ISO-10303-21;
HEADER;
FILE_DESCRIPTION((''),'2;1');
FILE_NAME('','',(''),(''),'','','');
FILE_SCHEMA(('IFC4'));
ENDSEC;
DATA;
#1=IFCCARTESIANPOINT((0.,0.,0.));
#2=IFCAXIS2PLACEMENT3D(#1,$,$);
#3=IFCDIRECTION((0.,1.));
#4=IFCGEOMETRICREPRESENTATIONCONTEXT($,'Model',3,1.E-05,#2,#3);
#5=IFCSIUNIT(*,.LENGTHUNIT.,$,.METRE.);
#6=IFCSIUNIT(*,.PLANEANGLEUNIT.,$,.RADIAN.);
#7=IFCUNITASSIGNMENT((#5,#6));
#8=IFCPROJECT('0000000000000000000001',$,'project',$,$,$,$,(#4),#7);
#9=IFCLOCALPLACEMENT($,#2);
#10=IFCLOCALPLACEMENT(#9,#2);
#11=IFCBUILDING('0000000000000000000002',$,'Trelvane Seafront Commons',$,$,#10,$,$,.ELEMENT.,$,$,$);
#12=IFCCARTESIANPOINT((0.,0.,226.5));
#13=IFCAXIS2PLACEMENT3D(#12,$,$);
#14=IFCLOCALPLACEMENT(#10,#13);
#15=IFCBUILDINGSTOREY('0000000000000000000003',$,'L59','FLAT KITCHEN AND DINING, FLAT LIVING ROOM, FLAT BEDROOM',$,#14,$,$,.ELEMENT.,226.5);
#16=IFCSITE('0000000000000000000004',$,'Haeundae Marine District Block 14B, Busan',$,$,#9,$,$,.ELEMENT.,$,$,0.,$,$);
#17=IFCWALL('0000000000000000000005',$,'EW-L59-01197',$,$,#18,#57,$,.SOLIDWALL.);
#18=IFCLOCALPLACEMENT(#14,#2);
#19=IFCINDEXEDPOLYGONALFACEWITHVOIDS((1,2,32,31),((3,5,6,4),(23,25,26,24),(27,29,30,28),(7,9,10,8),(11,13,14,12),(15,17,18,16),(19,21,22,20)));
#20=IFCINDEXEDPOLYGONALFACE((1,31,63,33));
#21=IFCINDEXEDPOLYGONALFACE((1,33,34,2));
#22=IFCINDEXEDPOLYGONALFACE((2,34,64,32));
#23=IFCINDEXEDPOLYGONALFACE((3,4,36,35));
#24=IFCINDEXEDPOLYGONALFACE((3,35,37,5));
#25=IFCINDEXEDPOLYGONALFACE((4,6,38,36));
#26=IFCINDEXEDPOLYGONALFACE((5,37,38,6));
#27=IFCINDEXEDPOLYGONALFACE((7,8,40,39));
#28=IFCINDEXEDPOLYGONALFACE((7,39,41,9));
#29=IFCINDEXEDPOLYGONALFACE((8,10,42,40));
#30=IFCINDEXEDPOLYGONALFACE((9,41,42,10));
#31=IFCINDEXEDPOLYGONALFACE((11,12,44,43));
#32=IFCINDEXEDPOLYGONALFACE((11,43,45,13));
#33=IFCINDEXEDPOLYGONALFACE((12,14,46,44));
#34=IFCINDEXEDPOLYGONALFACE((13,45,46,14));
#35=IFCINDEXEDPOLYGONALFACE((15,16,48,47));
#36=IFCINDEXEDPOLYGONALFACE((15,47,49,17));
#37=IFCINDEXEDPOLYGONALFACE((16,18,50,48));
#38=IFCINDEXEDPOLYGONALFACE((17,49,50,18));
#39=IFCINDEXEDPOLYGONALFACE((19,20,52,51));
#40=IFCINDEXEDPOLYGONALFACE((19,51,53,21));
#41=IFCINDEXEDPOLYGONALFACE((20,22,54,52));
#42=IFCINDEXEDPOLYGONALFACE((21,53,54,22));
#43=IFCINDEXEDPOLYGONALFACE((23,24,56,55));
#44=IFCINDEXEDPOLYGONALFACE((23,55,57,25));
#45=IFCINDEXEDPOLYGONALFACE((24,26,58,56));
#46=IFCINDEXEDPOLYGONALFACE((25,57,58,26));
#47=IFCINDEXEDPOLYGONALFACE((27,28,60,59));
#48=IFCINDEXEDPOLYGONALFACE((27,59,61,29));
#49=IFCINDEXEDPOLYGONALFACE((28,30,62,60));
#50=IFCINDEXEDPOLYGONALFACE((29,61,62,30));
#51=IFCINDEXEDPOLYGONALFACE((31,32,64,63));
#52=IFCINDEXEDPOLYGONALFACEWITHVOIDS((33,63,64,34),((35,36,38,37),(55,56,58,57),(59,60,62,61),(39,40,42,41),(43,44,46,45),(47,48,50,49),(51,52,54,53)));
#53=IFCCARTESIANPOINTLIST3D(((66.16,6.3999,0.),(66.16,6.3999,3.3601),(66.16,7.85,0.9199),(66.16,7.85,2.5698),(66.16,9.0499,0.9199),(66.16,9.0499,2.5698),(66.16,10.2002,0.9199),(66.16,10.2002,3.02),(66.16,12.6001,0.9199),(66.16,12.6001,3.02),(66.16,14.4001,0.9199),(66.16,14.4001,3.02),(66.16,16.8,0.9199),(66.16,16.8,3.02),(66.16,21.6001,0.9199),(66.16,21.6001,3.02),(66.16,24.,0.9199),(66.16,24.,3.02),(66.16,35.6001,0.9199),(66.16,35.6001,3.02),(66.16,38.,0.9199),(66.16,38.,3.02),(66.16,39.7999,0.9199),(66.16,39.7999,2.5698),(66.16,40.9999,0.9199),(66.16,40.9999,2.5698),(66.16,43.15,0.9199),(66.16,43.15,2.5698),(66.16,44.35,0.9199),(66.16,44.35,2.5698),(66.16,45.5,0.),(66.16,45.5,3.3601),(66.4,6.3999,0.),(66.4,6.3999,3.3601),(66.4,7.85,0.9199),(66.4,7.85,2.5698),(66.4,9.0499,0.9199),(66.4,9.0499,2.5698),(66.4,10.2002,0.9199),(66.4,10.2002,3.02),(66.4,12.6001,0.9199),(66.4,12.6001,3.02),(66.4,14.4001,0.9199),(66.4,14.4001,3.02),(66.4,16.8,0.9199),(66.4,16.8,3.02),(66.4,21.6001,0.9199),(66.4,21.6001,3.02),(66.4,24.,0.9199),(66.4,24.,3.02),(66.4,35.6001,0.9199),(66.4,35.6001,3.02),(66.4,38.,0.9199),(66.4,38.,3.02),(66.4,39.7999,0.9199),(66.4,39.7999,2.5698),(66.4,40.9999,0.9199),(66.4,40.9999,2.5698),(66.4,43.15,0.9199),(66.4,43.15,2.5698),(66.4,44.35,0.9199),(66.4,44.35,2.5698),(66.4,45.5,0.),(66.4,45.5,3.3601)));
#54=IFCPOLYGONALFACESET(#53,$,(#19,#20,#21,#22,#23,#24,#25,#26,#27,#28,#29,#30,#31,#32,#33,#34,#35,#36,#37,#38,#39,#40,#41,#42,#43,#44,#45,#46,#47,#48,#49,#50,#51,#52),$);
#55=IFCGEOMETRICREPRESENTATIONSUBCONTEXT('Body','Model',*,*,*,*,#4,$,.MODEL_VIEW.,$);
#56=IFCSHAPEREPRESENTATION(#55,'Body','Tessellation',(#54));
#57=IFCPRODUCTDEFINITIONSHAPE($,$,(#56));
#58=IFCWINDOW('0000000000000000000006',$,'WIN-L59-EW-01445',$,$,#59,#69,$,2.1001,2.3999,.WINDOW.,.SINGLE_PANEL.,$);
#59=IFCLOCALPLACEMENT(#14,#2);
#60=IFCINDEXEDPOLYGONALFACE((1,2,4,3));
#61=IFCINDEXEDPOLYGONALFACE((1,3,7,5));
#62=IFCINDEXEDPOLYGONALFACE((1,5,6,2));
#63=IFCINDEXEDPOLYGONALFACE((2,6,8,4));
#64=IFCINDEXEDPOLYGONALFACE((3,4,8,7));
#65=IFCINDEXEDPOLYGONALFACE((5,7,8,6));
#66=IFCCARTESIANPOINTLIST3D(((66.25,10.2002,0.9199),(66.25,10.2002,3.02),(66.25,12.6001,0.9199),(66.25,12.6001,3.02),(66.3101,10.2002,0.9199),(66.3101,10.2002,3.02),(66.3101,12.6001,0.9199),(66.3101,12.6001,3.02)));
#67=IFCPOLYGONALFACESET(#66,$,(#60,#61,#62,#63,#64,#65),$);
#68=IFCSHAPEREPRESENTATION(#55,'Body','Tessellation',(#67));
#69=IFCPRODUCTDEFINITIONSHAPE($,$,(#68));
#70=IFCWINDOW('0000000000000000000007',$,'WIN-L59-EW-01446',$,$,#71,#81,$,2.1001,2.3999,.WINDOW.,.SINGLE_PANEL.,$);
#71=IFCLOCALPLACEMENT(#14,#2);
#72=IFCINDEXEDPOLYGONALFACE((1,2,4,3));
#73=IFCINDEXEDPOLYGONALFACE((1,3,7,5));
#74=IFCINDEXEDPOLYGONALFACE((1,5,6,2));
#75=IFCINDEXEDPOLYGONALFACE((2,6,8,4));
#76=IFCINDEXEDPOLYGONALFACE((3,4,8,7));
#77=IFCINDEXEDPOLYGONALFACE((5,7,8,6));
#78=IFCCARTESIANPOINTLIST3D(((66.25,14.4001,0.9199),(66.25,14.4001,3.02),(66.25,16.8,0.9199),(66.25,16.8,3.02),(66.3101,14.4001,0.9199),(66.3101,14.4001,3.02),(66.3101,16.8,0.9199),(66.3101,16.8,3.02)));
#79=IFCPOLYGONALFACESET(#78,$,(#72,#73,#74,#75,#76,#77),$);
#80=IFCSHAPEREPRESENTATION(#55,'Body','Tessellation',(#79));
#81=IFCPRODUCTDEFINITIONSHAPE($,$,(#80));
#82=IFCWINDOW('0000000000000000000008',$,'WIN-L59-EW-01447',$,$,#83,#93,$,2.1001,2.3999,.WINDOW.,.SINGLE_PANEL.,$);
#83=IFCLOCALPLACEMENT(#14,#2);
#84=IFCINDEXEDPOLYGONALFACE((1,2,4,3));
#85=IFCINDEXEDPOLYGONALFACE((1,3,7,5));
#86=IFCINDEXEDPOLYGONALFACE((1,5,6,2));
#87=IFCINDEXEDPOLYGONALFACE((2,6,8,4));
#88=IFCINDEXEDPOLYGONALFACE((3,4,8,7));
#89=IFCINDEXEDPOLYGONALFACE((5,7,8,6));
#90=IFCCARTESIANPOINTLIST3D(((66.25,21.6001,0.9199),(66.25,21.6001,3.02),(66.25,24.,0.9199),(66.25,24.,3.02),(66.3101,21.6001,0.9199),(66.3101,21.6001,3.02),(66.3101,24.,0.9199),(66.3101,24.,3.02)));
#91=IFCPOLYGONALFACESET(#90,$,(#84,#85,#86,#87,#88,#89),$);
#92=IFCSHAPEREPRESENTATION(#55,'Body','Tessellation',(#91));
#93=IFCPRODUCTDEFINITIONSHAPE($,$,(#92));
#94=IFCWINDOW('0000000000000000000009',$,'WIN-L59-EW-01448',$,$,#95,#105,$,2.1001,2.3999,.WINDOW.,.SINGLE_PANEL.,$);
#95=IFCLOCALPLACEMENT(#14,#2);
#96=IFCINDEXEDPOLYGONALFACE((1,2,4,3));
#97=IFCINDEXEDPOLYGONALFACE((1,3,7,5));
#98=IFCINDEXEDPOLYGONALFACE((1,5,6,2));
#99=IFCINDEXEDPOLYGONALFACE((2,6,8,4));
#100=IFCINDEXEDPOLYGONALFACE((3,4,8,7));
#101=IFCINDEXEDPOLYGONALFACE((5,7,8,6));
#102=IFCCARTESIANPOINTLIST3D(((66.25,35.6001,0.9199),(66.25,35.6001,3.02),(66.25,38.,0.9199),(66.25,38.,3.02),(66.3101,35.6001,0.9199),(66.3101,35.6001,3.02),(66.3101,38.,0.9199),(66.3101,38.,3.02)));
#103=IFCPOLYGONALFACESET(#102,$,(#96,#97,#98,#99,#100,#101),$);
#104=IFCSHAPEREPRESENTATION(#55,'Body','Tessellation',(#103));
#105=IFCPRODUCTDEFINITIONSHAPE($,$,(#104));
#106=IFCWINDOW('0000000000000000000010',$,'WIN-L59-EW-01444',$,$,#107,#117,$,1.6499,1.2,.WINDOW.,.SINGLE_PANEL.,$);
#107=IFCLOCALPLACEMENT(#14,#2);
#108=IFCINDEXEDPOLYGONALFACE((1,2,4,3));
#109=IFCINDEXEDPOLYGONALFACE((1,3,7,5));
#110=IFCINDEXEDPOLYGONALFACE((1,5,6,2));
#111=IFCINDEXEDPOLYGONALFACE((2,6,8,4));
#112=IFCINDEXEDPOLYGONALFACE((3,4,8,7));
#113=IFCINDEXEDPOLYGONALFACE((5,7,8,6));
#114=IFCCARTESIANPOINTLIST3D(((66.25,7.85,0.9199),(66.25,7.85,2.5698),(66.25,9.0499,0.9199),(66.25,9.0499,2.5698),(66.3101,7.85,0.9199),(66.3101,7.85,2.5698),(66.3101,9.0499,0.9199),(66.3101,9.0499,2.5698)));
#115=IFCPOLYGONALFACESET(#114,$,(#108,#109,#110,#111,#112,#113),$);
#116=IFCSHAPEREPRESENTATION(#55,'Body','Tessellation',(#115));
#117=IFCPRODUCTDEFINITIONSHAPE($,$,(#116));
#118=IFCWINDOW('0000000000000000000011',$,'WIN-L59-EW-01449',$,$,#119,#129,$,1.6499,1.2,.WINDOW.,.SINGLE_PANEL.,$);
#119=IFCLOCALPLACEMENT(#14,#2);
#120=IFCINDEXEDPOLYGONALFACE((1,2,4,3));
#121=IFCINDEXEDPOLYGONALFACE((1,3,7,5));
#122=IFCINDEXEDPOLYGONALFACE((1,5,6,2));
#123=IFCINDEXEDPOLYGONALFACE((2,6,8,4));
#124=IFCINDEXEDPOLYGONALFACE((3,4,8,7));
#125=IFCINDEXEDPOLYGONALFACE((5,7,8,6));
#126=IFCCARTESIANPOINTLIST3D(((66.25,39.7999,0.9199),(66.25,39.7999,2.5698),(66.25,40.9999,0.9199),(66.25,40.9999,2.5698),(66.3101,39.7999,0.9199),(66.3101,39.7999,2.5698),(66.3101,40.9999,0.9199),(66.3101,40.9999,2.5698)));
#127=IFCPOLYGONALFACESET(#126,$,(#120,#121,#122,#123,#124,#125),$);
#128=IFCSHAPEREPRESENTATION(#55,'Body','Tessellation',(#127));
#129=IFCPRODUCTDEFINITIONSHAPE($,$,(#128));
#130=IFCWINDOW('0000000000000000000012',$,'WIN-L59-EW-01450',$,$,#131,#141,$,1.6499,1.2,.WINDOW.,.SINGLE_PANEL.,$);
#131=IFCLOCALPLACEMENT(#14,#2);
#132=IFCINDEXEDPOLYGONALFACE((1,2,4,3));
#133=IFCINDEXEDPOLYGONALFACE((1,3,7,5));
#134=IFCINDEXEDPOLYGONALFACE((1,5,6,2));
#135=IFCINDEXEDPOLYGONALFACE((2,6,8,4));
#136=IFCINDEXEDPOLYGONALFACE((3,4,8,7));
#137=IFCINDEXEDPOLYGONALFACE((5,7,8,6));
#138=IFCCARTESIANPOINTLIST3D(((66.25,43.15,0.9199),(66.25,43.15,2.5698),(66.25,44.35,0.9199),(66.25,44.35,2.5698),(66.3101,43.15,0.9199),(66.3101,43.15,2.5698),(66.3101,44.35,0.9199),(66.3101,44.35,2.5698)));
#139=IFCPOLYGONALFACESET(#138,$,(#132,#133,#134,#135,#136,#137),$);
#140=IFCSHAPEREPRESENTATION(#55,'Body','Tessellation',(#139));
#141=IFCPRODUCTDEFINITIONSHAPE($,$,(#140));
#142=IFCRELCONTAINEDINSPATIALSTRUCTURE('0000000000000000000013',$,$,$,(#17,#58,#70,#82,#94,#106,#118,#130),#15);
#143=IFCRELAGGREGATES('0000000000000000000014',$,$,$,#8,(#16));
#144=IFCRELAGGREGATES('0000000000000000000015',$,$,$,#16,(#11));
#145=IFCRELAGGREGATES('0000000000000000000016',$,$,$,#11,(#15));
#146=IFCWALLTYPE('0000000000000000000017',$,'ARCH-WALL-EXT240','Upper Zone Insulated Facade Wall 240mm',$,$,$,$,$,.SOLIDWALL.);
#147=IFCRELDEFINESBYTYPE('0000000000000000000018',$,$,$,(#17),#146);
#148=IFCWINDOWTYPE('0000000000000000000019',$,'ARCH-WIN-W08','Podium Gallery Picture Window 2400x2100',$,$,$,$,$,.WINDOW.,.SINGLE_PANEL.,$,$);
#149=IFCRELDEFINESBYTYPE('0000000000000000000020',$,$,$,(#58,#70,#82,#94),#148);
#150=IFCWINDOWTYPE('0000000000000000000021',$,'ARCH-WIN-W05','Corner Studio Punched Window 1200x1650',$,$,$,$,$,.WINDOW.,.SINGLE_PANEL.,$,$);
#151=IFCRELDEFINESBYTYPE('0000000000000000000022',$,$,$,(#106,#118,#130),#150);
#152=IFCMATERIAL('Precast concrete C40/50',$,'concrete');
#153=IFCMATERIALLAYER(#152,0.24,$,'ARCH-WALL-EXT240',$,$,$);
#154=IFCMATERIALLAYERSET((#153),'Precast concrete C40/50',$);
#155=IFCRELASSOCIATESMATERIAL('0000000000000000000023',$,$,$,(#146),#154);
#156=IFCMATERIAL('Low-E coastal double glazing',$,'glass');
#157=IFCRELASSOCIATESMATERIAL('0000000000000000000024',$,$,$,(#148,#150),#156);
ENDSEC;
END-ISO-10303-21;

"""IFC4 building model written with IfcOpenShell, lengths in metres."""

from ifc_helpers import new_model, si_unit, direction, frame, frame_2d, origin, place, context, subcontext, project, spatial, rectangle, extrude, source, transform, mapped, material, layer, layer_set, type_object, element, fill, save


model = new_model("IFC4")

# Units and contexts
model_context = context("Model", 3, precision=1e-05, world=origin(), true_north=direction((0.0, 1.0)))
body_context = subcontext(model_context, "Body", "Model", "MODEL_VIEW")
ifc_project = project(units=[si_unit("LENGTHUNIT", "METRE"), si_unit("PLANEANGLEUNIT", "RADIAN")], contexts=[model_context])

# Site, building, storey
site_placement = place(None, origin())
site = spatial("IfcSite", under=ifc_project, at=site_placement, Name="Haeundae Marine District Block 14B, Busan", CompositionType="ELEMENT", RefElevation=0.0)
building_placement = place(site_placement, origin())
building = spatial("IfcBuilding", under=site, at=building_placement, Name="Trelvane Seafront Commons", CompositionType="ELEMENT")
storey_placement = place(building_placement, frame((0.0, 0.0, 226.5)))
storey = spatial("IfcBuildingStorey", under=building, at=storey_placement, Name="L59", Description="FLAT KITCHEN AND DINING, FLAT LIVING ROOM, FLAT BEDROOM", CompositionType="ELEMENT", Elevation=226.5)

# Shared definitions
ifc_material_1 = material(Name="Low-E coastal double glazing", Category="glass")

# Shared definitions
ifc_material_2 = material(Name="Precast concrete C40/50", Category="concrete")
ifc_layer_1 = layer(ifc_material_2, 0.24, Name="ARCH-WALL-EXT240")
ifc_layer_set_1 = layer_set([ifc_layer_1], Name="Precast concrete C40/50")
wall_type = type_object("IfcWallType", Name="ARCH-WALL-EXT240", Description="Upper Zone Insulated Facade Wall 240mm", PredefinedType="SOLIDWALL", material=ifc_layer_set_1)

# Wall, openings, windows
wall_1_placement = place(storey_placement, frame((66.28, 45.5, 0.0), z_axis=(0.0, 0.0, 1.0), x_axis=(0.0, -1.0, 0.0)))
wall_1 = element("IfcWall", 1, at=wall_1_placement, inside=storey, type_object=wall_type, Name="EW-L59-01197", PredefinedType="SOLIDWALL", context=body_context, shape_type="SweptSolid", body=[
    extrude(rectangle(XDim=39.1001, YDim=0.24, at=frame_2d((19.55, 0.0))), origin(), (0.0, 0.0, 1.0), 3.3601),
])
opening_1_placement = place(wall_1_placement, frame((36.45, 0.0, 0.9199)))
opening_1 = element("IfcOpeningElement", 2, at=opening_1_placement, cuts=wall_1, PredefinedType="OPENING", context=body_context, shape_type="SweptSolid", body=[
    extrude(rectangle(XDim=1.2, YDim=1.6499, at=frame_2d((0.6001, 0.825))), frame((0.0, 0.1299, 0.0), z_axis=(0.0, -1.0, 0.0), x_axis=(1.0, 0.0, 0.0)), (0.0, 0.0, 1.0), 0.26),
])
opening_2_placement = place(wall_1_placement, frame((32.8999, 0.0, 0.9199)))
opening_2 = element("IfcOpeningElement", 3, at=opening_2_placement, cuts=wall_1, PredefinedType="OPENING", context=body_context, shape_type="SweptSolid", body=[
    extrude(rectangle(XDim=2.3999, YDim=2.1001, at=frame_2d((1.2, 1.05))), frame((0.0, 0.1299, 0.0), z_axis=(0.0, -1.0, 0.0), x_axis=(1.0, 0.0, 0.0)), (0.0, 0.0, 1.0), 0.26),
])
opening_3_placement = place(wall_1_placement, frame((28.7, 0.0, 0.9199)))
opening_3 = element("IfcOpeningElement", 4, at=opening_3_placement, cuts=wall_1, PredefinedType="OPENING", context=body_context, shape_type="SweptSolid", body=[
    extrude(rectangle(XDim=2.3999, YDim=2.1001, at=frame_2d((1.2, 1.05))), frame((0.0, 0.1299, 0.0), z_axis=(0.0, -1.0, 0.0), x_axis=(1.0, 0.0, 0.0)), (0.0, 0.0, 1.0), 0.26),
])
opening_4_placement = place(wall_1_placement, frame((21.5, 0.0, 0.9199)))
opening_4 = element("IfcOpeningElement", 5, at=opening_4_placement, cuts=wall_1, PredefinedType="OPENING", context=body_context, shape_type="SweptSolid", body=[
    extrude(rectangle(XDim=2.3999, YDim=2.1001, at=frame_2d((1.2, 1.05))), frame((0.0, 0.1299, 0.0), z_axis=(0.0, -1.0, 0.0), x_axis=(1.0, 0.0, 0.0)), (0.0, 0.0, 1.0), 0.26),
])
opening_5_placement = place(wall_1_placement, frame((7.5, 0.0, 0.9199)))
opening_5 = element("IfcOpeningElement", 6, at=opening_5_placement, cuts=wall_1, PredefinedType="OPENING", context=body_context, shape_type="SweptSolid", body=[
    extrude(rectangle(XDim=2.3999, YDim=2.1001, at=frame_2d((1.2, 1.05))), frame((0.0, 0.1299, 0.0), z_axis=(0.0, -1.0, 0.0), x_axis=(1.0, 0.0, 0.0)), (0.0, 0.0, 1.0), 0.26),
])
opening_6_placement = place(wall_1_placement, frame((4.5, 0.0, 0.9199)))
opening_6 = element("IfcOpeningElement", 7, at=opening_6_placement, cuts=wall_1, PredefinedType="OPENING", context=body_context, shape_type="SweptSolid", body=[
    extrude(rectangle(XDim=1.2, YDim=1.6499, at=frame_2d((0.6001, 0.825))), frame((0.0, 0.1299, 0.0), z_axis=(0.0, -1.0, 0.0), x_axis=(1.0, 0.0, 0.0)), (0.0, 0.0, 1.0), 0.26),
])
opening_7_placement = place(wall_1_placement, frame((1.1499, 0.0, 0.9199)))
opening_7 = element("IfcOpeningElement", 8, at=opening_7_placement, cuts=wall_1, PredefinedType="OPENING", context=body_context, shape_type="SweptSolid", body=[
    extrude(rectangle(XDim=1.2, YDim=1.6499, at=frame_2d((0.6001, 0.825))), frame((0.0, 0.1299, 0.0), z_axis=(0.0, -1.0, 0.0), x_axis=(1.0, 0.0, 0.0)), (0.0, 0.0, 1.0), 0.26),
])
window_type_1 = type_object("IfcWindowType", Name="ARCH-WIN-W08", Description="Podium Gallery Picture Window 2400x2100", PartitioningType="SINGLE_PANEL", PredefinedType="WINDOW", material=ifc_material_1)
shared_shape_1 = source(origin(), body_context, "Body", "SweptSolid", [
    extrude(rectangle(XDim=2.3999, YDim=2.1001, at=frame_2d((1.2, 1.05))), frame((0.0, 0.03, 0.0), z_axis=(0.0, -1.0, 0.0), x_axis=(1.0, 0.0, 0.0)), (0.0, 0.0, 1.0), 0.0601),
])
window_1_placement = place(opening_2_placement, origin())
window_1 = element("IfcWindow", 9, at=window_1_placement, inside=storey, type_object=window_type_1, Name="WIN-L59-EW-01445", OverallHeight=2.1001, OverallWidth=2.3999, PartitioningType="SINGLE_PANEL", PredefinedType="WINDOW", context=body_context, shape_type="MappedRepresentation", body=[
    mapped(shared_shape_1, transform((0.0, 0.0, 0.0), x_axis=(1.0, 0.0, 0.0), y_axis=(0.0, 1.0, 0.0), z_axis=(0.0, 0.0, 1.0), scale=1.0)),
])
fill(opening_2, window_1)
window_2_placement = place(opening_3_placement, origin())
window_2 = element("IfcWindow", 10, at=window_2_placement, inside=storey, type_object=window_type_1, Name="WIN-L59-EW-01446", OverallHeight=2.1001, OverallWidth=2.3999, PartitioningType="SINGLE_PANEL", PredefinedType="WINDOW", context=body_context, shape_type="MappedRepresentation", body=[
    mapped(shared_shape_1, transform((0.0, 0.0, 0.0), x_axis=(1.0, 0.0, 0.0), y_axis=(0.0, 1.0, 0.0), z_axis=(0.0, 0.0, 1.0), scale=1.0)),
])
fill(opening_3, window_2)
window_3_placement = place(opening_4_placement, origin())
window_3 = element("IfcWindow", 11, at=window_3_placement, inside=storey, type_object=window_type_1, Name="WIN-L59-EW-01447", OverallHeight=2.1001, OverallWidth=2.3999, PartitioningType="SINGLE_PANEL", PredefinedType="WINDOW", context=body_context, shape_type="MappedRepresentation", body=[
    mapped(shared_shape_1, transform((0.0, 0.0, 0.0), x_axis=(1.0, 0.0, 0.0), y_axis=(0.0, 1.0, 0.0), z_axis=(0.0, 0.0, 1.0), scale=1.0)),
])
fill(opening_4, window_3)
window_4_placement = place(opening_5_placement, origin())
window_4 = element("IfcWindow", 12, at=window_4_placement, inside=storey, type_object=window_type_1, Name="WIN-L59-EW-01448", OverallHeight=2.1001, OverallWidth=2.3999, PartitioningType="SINGLE_PANEL", PredefinedType="WINDOW", context=body_context, shape_type="MappedRepresentation", body=[
    mapped(shared_shape_1, transform((0.0, 0.0, 0.0), x_axis=(1.0, 0.0, 0.0), y_axis=(0.0, 1.0, 0.0), z_axis=(0.0, 0.0, 1.0), scale=1.0)),
])
fill(opening_5, window_4)
window_type_2 = type_object("IfcWindowType", Name="ARCH-WIN-W05", Description="Corner Studio Punched Window 1200x1650", PartitioningType="SINGLE_PANEL", PredefinedType="WINDOW", material=ifc_material_1)
shared_shape_2 = source(origin(), body_context, "Body", "SweptSolid", [
    extrude(rectangle(XDim=1.2, YDim=1.6499, at=frame_2d((0.6001, 0.825))), frame((0.0, 0.03, 0.0), z_axis=(0.0, -1.0, 0.0), x_axis=(1.0, 0.0, 0.0)), (0.0, 0.0, 1.0), 0.0601),
])
window_5_placement = place(opening_1_placement, origin())
window_5 = element("IfcWindow", 13, at=window_5_placement, inside=storey, type_object=window_type_2, Name="WIN-L59-EW-01444", OverallHeight=1.6499, OverallWidth=1.2, PartitioningType="SINGLE_PANEL", PredefinedType="WINDOW", context=body_context, shape_type="MappedRepresentation", body=[
    mapped(shared_shape_2, transform((0.0, 0.0, 0.0), x_axis=(1.0, 0.0, 0.0), y_axis=(0.0, 1.0, 0.0), z_axis=(0.0, 0.0, 1.0), scale=1.0)),
])
fill(opening_1, window_5)
window_6_placement = place(opening_6_placement, origin())
window_6 = element("IfcWindow", 14, at=window_6_placement, inside=storey, type_object=window_type_2, Name="WIN-L59-EW-01449", OverallHeight=1.6499, OverallWidth=1.2, PartitioningType="SINGLE_PANEL", PredefinedType="WINDOW", context=body_context, shape_type="MappedRepresentation", body=[
    mapped(shared_shape_2, transform((0.0, 0.0, 0.0), x_axis=(1.0, 0.0, 0.0), y_axis=(0.0, 1.0, 0.0), z_axis=(0.0, 0.0, 1.0), scale=1.0)),
])
fill(opening_6, window_6)
window_7_placement = place(opening_7_placement, origin())
window_7 = element("IfcWindow", 15, at=window_7_placement, inside=storey, type_object=window_type_2, Name="WIN-L59-EW-01450", OverallHeight=1.6499, OverallWidth=1.2, PartitioningType="SINGLE_PANEL", PredefinedType="WINDOW", context=body_context, shape_type="MappedRepresentation", body=[
    mapped(shared_shape_2, transform((0.0, 0.0, 0.0), x_axis=(1.0, 0.0, 0.0), y_axis=(0.0, 1.0, 0.0), z_axis=(0.0, 0.0, 1.0), scale=1.0)),
])
fill(opening_7, window_7)

save(model, "model.ifc")
